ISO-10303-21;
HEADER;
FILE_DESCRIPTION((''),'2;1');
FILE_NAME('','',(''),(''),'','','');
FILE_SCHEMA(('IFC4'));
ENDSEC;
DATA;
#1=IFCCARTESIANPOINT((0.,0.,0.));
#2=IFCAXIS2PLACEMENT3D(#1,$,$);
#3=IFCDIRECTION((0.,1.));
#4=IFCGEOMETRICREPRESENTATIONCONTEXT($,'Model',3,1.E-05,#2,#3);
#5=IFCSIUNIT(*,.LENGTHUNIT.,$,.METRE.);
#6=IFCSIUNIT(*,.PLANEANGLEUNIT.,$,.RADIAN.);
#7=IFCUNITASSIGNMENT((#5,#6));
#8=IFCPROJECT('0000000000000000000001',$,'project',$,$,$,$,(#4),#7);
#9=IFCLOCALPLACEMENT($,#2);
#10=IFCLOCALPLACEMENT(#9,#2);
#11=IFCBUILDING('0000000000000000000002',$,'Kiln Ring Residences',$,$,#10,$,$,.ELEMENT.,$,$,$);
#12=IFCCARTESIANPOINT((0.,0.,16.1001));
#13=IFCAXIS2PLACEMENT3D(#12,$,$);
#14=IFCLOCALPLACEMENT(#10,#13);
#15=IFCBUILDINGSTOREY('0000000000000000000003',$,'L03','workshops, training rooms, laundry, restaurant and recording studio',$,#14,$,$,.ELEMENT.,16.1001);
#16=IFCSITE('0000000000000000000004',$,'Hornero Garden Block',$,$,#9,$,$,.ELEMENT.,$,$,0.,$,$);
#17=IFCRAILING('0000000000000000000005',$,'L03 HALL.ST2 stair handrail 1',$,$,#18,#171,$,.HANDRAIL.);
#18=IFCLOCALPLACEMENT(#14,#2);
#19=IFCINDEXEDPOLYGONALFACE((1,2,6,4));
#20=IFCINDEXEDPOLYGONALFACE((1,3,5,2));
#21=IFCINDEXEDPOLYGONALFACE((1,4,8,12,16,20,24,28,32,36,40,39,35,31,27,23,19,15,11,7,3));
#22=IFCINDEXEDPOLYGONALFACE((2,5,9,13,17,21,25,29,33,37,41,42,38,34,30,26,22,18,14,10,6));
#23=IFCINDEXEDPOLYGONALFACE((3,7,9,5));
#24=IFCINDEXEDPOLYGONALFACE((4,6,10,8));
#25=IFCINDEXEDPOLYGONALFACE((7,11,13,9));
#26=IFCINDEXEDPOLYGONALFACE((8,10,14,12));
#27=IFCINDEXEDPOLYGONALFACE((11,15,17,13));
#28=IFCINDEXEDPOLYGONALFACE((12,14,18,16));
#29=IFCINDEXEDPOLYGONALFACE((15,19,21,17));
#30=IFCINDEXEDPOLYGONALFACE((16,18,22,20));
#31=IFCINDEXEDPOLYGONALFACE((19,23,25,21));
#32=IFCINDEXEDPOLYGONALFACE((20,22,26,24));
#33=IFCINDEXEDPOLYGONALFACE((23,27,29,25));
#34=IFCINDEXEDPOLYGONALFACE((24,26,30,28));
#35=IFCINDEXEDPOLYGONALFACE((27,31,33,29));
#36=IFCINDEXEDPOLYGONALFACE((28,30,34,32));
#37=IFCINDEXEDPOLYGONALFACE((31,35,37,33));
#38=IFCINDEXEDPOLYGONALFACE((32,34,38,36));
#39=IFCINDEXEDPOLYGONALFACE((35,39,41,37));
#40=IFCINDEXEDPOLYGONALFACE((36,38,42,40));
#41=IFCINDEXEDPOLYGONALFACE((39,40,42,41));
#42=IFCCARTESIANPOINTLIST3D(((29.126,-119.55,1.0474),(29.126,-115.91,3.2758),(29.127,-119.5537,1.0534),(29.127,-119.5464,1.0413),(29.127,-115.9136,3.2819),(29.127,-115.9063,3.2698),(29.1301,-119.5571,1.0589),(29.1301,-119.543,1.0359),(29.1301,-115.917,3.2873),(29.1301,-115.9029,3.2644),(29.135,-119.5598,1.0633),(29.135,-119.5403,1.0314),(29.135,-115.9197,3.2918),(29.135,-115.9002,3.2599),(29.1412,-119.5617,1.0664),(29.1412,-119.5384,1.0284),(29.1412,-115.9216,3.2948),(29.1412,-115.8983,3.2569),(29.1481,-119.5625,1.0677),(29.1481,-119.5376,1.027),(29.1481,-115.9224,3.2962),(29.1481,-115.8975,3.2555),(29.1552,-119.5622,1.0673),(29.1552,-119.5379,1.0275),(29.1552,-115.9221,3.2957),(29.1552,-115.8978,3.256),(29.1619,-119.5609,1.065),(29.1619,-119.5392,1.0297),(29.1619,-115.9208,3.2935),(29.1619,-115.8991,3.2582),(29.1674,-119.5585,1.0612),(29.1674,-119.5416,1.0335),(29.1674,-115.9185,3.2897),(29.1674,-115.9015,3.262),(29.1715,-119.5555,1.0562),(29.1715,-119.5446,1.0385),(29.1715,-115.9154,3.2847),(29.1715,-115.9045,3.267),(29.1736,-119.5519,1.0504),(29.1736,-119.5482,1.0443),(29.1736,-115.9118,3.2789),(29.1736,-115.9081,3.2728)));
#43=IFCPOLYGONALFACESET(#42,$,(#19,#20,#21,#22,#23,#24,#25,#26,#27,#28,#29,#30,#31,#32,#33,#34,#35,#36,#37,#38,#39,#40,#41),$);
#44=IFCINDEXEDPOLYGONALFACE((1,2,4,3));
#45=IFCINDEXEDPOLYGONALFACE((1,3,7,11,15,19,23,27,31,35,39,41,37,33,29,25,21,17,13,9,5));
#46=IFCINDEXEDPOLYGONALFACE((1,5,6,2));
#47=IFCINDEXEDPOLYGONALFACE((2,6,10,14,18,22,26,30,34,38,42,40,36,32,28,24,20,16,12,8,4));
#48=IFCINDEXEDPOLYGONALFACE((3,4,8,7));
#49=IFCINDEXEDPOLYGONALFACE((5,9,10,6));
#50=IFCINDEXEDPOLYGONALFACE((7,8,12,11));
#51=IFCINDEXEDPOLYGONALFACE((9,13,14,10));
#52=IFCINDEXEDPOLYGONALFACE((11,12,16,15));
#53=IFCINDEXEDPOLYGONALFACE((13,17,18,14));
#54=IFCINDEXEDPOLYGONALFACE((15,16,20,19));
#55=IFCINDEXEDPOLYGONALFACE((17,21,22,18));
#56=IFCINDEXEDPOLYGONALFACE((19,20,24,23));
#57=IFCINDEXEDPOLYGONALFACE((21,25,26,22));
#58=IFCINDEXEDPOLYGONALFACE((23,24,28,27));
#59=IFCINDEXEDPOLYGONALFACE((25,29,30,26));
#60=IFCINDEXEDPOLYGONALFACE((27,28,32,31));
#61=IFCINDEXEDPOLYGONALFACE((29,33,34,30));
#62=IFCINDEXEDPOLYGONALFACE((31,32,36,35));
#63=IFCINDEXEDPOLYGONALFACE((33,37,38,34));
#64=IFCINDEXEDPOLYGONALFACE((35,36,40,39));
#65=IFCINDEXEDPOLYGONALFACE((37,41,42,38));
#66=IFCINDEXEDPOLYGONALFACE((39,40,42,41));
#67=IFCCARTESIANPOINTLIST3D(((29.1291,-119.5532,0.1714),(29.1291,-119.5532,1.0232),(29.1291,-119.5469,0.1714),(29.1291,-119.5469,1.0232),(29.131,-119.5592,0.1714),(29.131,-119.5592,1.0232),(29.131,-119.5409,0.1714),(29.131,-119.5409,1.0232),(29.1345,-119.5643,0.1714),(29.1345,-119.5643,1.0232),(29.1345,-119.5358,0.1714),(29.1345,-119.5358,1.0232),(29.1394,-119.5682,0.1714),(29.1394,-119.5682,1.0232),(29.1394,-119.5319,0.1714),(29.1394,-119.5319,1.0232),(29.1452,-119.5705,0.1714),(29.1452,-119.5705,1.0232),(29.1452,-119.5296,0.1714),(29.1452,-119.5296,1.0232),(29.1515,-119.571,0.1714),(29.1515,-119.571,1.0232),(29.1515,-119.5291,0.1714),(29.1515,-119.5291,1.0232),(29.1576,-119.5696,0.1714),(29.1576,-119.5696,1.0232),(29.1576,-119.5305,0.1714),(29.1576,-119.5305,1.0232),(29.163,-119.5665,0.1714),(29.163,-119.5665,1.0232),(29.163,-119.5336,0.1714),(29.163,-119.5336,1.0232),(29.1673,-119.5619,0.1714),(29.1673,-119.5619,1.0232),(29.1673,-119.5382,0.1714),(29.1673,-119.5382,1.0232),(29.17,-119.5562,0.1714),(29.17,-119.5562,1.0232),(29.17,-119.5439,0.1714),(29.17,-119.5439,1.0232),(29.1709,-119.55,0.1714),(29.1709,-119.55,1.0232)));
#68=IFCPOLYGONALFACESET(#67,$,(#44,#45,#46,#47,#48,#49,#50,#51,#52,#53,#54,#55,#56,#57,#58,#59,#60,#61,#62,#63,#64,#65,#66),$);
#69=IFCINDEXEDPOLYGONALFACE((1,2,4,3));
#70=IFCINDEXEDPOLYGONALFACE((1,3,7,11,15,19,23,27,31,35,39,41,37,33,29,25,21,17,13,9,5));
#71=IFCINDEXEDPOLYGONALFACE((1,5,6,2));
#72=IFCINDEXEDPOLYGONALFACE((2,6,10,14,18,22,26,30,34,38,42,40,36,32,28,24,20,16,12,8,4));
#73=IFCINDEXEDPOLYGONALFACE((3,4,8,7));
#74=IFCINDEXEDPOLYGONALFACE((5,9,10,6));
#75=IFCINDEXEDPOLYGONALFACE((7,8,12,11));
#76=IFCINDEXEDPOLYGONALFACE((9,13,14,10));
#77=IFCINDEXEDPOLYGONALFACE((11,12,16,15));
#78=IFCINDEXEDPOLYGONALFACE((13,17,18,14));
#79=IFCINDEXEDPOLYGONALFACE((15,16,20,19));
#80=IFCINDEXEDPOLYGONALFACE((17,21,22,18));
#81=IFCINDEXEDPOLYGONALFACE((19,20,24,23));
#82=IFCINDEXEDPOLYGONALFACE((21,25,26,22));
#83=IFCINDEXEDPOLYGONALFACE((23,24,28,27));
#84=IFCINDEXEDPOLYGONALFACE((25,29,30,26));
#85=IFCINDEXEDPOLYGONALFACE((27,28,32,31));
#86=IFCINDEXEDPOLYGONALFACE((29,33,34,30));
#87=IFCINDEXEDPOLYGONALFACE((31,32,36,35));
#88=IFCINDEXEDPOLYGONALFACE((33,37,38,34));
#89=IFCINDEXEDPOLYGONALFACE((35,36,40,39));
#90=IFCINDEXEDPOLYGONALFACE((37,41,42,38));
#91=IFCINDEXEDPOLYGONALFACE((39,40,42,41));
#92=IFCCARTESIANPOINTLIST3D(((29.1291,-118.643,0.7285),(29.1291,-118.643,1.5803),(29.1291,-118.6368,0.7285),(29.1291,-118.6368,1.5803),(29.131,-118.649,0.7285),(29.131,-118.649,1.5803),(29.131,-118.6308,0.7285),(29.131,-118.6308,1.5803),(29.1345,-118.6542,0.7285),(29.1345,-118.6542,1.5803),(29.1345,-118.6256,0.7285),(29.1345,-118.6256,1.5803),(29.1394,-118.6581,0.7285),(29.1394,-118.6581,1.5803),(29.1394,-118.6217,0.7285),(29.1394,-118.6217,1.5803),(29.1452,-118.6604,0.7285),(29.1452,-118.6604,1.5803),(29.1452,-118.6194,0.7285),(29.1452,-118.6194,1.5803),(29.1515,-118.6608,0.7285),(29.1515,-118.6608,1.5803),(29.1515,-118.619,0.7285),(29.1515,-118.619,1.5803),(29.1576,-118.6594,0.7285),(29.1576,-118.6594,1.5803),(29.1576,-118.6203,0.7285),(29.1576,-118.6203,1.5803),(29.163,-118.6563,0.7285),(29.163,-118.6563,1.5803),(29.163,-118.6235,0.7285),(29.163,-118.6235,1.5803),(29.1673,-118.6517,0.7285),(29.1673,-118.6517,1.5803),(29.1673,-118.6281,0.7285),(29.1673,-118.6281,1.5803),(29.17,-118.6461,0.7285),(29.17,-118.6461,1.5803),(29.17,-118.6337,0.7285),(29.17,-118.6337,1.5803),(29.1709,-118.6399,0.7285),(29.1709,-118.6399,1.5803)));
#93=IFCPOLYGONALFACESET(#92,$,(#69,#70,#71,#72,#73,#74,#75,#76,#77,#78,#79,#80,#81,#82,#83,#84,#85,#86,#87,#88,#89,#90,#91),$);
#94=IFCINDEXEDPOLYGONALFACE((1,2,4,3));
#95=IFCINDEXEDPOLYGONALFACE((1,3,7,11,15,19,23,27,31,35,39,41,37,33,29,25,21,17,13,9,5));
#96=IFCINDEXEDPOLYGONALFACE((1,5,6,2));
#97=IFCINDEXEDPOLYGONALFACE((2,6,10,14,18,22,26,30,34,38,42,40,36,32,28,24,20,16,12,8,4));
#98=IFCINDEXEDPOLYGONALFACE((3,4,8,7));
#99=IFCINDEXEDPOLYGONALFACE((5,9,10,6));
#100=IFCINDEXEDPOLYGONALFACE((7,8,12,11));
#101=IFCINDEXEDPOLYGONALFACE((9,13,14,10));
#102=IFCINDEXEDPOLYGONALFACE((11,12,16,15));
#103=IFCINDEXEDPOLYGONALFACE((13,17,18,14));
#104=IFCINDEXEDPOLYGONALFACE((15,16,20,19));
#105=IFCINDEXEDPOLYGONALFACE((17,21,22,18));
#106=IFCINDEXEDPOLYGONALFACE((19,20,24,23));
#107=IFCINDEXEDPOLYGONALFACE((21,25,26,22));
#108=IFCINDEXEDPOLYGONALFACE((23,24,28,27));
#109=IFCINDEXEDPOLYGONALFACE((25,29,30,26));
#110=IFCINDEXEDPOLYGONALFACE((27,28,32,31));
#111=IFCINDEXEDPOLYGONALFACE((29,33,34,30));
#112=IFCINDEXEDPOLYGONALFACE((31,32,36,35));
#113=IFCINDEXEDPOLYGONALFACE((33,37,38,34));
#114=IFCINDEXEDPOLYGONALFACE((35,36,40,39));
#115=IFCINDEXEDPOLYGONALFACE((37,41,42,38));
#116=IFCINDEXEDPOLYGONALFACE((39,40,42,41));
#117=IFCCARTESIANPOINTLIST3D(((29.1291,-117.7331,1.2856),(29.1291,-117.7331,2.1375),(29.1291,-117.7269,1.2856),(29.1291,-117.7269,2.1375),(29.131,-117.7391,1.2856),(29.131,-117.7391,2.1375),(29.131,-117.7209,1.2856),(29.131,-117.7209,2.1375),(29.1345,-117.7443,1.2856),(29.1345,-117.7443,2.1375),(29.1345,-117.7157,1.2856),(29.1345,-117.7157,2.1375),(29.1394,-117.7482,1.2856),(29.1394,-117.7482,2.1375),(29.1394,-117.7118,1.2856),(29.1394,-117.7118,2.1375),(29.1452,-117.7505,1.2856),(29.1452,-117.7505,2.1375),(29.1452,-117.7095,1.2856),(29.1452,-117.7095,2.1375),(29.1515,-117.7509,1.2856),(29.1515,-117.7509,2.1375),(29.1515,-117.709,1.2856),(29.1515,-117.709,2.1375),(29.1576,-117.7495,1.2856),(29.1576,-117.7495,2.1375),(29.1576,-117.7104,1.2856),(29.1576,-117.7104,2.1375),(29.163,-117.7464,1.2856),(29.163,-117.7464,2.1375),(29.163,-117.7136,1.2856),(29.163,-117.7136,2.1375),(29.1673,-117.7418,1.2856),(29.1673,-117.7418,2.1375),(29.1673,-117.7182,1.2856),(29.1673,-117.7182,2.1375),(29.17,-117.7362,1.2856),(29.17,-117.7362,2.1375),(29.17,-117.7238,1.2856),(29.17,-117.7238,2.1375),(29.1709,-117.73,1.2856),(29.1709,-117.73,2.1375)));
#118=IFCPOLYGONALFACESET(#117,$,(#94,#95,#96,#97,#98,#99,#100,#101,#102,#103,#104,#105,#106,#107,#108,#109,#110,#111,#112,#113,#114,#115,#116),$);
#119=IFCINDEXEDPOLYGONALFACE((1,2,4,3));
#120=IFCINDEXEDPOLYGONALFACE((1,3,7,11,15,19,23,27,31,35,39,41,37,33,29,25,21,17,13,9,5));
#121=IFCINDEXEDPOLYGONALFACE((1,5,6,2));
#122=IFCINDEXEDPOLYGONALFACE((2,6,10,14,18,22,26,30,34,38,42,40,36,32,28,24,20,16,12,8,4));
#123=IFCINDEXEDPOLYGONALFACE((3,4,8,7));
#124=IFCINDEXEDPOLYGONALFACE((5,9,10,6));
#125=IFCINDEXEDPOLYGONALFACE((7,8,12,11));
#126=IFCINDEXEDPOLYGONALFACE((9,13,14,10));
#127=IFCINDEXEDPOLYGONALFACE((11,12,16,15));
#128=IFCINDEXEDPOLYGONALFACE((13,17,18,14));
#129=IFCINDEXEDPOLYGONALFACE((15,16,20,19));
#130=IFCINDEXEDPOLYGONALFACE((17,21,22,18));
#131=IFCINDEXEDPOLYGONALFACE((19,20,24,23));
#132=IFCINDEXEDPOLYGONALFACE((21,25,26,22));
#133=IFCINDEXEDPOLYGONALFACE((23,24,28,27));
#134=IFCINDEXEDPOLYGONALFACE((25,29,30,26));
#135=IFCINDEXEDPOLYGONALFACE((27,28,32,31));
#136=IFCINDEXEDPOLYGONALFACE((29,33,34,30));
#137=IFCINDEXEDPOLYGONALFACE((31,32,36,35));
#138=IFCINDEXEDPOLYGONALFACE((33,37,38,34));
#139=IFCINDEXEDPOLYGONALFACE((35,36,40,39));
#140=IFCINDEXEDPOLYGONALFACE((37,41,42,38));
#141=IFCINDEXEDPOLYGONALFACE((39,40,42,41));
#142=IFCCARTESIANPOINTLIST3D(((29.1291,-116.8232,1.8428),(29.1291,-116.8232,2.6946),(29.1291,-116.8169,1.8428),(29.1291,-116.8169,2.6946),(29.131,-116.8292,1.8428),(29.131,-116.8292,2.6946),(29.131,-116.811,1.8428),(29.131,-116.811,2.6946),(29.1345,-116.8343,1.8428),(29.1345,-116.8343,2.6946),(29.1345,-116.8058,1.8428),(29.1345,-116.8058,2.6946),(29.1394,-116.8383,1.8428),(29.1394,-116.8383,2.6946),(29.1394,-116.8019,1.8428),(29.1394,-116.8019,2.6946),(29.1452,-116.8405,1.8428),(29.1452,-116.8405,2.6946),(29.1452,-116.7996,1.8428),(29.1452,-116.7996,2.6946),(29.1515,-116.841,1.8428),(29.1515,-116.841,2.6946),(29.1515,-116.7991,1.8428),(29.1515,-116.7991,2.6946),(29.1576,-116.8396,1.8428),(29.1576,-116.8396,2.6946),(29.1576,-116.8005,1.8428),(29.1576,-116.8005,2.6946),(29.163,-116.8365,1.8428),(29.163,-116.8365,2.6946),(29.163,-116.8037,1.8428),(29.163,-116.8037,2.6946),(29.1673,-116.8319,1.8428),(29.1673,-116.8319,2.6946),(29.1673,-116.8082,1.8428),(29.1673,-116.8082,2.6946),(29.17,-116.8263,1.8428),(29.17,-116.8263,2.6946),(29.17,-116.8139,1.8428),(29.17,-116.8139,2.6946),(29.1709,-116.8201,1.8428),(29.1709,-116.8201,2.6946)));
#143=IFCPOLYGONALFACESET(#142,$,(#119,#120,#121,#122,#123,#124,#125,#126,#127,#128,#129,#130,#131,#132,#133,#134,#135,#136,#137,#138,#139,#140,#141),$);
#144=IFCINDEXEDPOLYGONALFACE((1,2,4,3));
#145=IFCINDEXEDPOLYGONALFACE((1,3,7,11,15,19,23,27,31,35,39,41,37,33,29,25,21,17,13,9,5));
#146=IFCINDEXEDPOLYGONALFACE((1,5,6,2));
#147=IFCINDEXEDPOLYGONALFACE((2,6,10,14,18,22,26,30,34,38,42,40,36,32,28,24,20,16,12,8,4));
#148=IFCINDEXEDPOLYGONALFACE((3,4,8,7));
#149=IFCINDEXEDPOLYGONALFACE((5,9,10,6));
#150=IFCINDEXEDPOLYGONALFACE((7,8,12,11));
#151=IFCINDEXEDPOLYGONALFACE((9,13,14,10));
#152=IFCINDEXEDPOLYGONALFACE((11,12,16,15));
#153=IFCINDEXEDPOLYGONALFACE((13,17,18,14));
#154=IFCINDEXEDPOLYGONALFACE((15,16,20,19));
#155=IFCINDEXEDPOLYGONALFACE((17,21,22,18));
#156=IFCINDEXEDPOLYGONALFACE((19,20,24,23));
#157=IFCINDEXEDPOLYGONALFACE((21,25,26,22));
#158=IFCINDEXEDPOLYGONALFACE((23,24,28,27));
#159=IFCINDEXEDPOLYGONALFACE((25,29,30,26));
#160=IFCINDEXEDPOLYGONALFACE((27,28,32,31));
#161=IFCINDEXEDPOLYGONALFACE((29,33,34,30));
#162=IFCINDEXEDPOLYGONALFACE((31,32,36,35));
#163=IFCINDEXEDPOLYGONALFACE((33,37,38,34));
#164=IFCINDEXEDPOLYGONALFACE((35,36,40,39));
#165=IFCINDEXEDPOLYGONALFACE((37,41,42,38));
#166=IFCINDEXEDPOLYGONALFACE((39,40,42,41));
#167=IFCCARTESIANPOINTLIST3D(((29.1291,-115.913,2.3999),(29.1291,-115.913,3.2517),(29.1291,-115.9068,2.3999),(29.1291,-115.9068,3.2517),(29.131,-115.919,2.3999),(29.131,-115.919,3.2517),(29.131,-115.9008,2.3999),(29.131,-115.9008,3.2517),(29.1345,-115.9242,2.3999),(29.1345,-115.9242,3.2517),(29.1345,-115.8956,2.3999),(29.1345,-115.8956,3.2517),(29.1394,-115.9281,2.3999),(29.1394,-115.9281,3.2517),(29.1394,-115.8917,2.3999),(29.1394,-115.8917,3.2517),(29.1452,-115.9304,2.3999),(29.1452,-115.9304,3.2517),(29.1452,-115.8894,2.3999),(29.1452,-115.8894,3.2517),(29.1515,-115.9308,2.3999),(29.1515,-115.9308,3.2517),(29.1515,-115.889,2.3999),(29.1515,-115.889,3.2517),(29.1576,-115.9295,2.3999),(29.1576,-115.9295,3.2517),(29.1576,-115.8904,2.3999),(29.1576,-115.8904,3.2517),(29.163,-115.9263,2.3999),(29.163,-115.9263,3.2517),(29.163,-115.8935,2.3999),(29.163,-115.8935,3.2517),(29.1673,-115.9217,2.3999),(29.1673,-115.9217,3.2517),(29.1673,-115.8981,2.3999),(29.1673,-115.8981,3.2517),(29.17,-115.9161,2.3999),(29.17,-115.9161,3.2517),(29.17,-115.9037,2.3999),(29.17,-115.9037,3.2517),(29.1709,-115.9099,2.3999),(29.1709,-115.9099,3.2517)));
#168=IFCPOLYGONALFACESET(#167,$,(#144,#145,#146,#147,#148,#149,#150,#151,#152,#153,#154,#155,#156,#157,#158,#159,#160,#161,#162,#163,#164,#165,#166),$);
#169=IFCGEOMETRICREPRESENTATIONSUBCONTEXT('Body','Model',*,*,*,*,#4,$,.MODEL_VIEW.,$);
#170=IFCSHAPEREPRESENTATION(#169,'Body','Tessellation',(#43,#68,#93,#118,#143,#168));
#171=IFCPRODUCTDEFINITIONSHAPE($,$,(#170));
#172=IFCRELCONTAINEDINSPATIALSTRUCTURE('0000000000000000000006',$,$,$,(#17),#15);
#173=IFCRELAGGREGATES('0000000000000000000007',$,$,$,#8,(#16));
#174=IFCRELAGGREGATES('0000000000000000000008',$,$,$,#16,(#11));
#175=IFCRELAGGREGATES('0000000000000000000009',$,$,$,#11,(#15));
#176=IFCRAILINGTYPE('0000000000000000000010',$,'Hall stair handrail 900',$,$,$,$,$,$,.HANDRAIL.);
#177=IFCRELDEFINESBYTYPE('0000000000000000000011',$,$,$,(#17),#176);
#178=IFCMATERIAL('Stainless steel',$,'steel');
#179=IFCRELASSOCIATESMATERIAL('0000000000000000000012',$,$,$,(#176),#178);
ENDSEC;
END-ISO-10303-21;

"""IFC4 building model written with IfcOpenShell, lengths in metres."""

from ifc_helpers import new_model, si_unit, direction, frame, origin, origin_2d, place, context, subcontext, project, spatial, circle, extrude, material, type_object, element, save


model = new_model("IFC4")

# Units and contexts
model_context = context("Model", 3, precision=1e-05, world=origin(), true_north=direction((0.0, 1.0)))
body_context = subcontext(model_context, "Body", "Model", "MODEL_VIEW")
ifc_project = project(units=[si_unit("LENGTHUNIT", "METRE"), si_unit("PLANEANGLEUNIT", "RADIAN")], contexts=[model_context])

# Site, building, storey
site_placement = place(None, origin())
site = spatial("IfcSite", under=ifc_project, at=site_placement, Name="Hornero Garden Block", CompositionType="ELEMENT", RefElevation=0.0)
building_placement = place(site_placement, origin())
building = spatial("IfcBuilding", under=site, at=building_placement, Name="Kiln Ring Residences", CompositionType="ELEMENT")
storey_placement = place(building_placement, frame((0.0, 0.0, 16.1001)))
storey = spatial("IfcBuildingStorey", under=building, at=storey_placement, Name="L03", Description="workshops, training rooms, laundry, restaurant and recording studio", CompositionType="ELEMENT", Elevation=16.1001)

# Railing
ifc_material_1 = material(Name="Stainless steel", Category="steel")
railing_type_1 = type_object("IfcRailingType", Name="Hall stair handrail 900", PredefinedType="HANDRAIL", material=ifc_material_1)
railing_1_placement = place(storey_placement, frame((29.1499, -119.55, 0.1714)))
element("IfcRailing", 1, at=railing_1_placement, inside=storey, type_object=railing_type_1, Name="L03 HALL.ST2 stair handrail 1", PredefinedType="HANDRAIL", context=body_context, shape_type="SweptSolid", body=[
    extrude(circle(Radius=0.0239, at=origin_2d()), frame((0.0, 0.0, 0.876), z_axis=(0.0, 0.852866, 0.52213), x_axis=(-1.0, 0.0, 0.0)), (0.0, 0.0, 1.0), 4.2681),
    extrude(circle(Radius=0.021, at=origin_2d()), origin(), (0.0, 0.0, 1.0), 0.8518),
    extrude(circle(Radius=0.021, at=origin_2d()), frame((0.0, 0.9102, 0.5571)), (0.0, 0.0, 1.0), 0.8518),
    extrude(circle(Radius=0.021, at=origin_2d()), frame((0.0, 1.8201, 1.1143)), (0.0, 0.0, 1.0), 0.8518),
    extrude(circle(Radius=0.021, at=origin_2d()), frame((0.0, 2.73, 1.6714)), (0.0, 0.0, 1.0), 0.8518),
    extrude(circle(Radius=0.021, at=origin_2d()), frame((0.0, 3.6401, 2.2285)), (0.0, 0.0, 1.0), 0.8518),
])

save(model, "model.ifc")
